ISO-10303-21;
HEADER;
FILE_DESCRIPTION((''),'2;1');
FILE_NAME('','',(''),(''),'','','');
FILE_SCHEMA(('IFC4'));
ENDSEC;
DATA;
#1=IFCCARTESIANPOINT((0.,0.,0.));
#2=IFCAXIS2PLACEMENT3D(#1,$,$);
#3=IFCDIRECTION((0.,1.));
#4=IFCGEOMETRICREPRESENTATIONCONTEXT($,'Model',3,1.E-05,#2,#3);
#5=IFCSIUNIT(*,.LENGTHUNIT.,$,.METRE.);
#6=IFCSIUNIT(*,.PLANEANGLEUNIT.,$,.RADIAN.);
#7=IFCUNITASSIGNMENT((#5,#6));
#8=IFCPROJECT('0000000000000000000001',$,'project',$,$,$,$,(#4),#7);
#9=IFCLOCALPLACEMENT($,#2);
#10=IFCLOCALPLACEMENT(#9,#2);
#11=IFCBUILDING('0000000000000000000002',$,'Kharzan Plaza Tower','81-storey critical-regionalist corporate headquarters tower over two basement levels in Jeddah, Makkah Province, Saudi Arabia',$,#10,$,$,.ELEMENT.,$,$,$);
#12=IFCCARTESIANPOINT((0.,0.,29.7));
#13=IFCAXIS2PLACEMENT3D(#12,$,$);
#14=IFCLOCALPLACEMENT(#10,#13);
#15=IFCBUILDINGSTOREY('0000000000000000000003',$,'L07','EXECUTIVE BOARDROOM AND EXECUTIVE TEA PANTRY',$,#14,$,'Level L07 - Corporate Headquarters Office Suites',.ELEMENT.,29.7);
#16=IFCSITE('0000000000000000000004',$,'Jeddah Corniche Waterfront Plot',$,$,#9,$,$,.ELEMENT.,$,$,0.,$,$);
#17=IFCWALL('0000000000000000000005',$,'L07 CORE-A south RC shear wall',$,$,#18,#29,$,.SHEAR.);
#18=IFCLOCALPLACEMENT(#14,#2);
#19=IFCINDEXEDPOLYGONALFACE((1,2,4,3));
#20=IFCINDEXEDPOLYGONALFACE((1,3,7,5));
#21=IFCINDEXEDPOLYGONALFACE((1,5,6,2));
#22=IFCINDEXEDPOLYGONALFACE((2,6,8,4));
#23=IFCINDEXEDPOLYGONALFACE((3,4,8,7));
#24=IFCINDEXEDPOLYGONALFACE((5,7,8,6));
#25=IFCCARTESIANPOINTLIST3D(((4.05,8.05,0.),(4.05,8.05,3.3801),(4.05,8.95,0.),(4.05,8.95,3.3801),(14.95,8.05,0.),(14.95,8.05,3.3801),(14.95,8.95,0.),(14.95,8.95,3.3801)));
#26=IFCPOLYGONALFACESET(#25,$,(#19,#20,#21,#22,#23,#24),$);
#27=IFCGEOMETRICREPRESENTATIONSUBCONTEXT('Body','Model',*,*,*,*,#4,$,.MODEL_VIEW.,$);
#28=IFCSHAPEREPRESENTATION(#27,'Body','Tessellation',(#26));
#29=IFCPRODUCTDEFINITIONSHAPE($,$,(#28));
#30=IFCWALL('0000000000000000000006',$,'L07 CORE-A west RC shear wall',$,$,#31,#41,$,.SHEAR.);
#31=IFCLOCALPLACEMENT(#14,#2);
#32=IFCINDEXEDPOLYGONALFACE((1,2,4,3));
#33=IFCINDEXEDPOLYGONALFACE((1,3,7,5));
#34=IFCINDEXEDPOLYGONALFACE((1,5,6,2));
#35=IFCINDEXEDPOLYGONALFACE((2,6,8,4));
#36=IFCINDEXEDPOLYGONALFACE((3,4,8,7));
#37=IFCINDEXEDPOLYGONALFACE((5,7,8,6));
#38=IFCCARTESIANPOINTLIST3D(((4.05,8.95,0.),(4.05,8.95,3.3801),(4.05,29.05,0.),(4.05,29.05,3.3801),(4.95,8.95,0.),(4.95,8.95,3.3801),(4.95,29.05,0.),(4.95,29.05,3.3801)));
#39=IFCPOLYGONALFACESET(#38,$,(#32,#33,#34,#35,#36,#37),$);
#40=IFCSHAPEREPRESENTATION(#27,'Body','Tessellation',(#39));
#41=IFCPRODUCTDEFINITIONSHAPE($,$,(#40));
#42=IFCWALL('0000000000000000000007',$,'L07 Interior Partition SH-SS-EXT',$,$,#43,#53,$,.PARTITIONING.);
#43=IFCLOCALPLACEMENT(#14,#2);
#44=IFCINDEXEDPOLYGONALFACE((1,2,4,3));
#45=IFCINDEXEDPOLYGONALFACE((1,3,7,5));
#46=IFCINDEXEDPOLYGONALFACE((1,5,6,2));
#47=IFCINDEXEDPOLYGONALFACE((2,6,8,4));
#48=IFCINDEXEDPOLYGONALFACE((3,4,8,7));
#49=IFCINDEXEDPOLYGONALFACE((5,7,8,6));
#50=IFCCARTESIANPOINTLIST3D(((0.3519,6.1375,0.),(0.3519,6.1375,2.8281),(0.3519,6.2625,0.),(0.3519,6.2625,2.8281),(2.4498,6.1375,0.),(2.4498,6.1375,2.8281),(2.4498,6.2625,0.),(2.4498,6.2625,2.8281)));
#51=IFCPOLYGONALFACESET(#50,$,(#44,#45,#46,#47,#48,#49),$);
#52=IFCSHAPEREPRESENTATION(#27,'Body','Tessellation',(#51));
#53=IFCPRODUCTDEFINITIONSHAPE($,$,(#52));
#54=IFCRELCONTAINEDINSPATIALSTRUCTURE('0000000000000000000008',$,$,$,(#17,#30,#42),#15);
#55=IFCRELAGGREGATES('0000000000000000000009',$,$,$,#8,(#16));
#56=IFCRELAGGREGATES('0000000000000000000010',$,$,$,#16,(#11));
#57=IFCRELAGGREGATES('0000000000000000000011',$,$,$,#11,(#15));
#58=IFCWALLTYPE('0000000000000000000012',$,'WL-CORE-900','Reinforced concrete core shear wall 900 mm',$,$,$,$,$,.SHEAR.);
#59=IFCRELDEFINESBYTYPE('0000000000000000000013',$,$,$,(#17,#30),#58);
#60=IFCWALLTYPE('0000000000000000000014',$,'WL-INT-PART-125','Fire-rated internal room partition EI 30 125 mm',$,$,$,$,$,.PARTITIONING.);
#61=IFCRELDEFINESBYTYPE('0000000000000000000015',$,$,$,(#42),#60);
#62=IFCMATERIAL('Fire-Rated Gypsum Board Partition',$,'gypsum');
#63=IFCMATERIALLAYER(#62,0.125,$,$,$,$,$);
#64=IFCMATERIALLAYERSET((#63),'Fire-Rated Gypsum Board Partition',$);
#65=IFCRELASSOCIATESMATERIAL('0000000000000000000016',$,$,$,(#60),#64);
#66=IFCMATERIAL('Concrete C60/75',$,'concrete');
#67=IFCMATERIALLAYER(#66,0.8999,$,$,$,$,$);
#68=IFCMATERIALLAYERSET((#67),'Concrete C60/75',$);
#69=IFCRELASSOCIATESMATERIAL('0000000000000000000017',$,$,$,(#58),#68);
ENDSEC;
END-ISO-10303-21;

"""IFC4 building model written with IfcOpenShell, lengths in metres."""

from ifc_helpers import new_model, si_unit, direction, frame, frame_2d, origin, place, context, subcontext, project, spatial, rectangle, extrude, source, transform, mapped, material, layer, layer_set, type_object, element, save


model = new_model("IFC4")

# Units and contexts
model_context = context("Model", 3, precision=1e-05, world=origin(), true_north=direction((0.0, 1.0)))
body_context = subcontext(model_context, "Body", "Model", "MODEL_VIEW")
ifc_project = project(units=[si_unit("LENGTHUNIT", "METRE"), si_unit("PLANEANGLEUNIT", "RADIAN")], contexts=[model_context])

# Site, building, storey
site_placement = place(None, origin())
site = spatial("IfcSite", under=ifc_project, at=site_placement, Name="Jeddah Corniche Waterfront Plot", CompositionType="ELEMENT", RefElevation=0.0)
building_placement = place(site_placement, origin())
building = spatial("IfcBuilding", under=site, at=building_placement, Name="Kharzan Plaza Tower", Description="81-storey critical-regionalist corporate headquarters tower over two basement levels in Jeddah, Makkah Province, Saudi Arabia", CompositionType="ELEMENT")
storey_placement = place(building_placement, frame((0.0, 0.0, 29.7)))
storey = spatial("IfcBuildingStorey", under=building, at=storey_placement, Name="L07", Description="EXECUTIVE BOARDROOM AND EXECUTIVE TEA PANTRY", LongName="Level L07 - Corporate Headquarters Office Suites", CompositionType="ELEMENT", Elevation=29.7)

# Shared definitions
ifc_material_1 = material(Name="Concrete C60/75", Category="concrete")

# Shared definitions
ifc_material_2 = material(Name="Fire-Rated Gypsum Board Partition", Category="gypsum")
ifc_layer_1 = layer(ifc_material_2, 0.125)
ifc_layer_set_1 = layer_set([ifc_layer_1], Name="Fire-Rated Gypsum Board Partition")
wall_type_1 = type_object("IfcWallType", Name="WL-INT-PART-125", Description="Fire-rated internal room partition EI 30 125 mm", PredefinedType="PARTITIONING", material=ifc_layer_set_1)

# Walls
ifc_layer_2 = layer(ifc_material_1, 0.8999)
ifc_layer_set_2 = layer_set([ifc_layer_2], Name="Concrete C60/75")
wall_type_2 = type_object("IfcWallType", Name="WL-CORE-900", Description="Reinforced concrete core shear wall 900 mm", PredefinedType="SHEAR", material=ifc_layer_set_2)
shared_shape_1 = source(origin(), body_context, "Body", "SweptSolid", [
    extrude(rectangle(XDim=10.8999, YDim=0.8999, at=frame_2d((5.45, 0.0))), origin(), (0.0, 0.0, 1.0), 3.3801),
])
wall_1_placement = place(storey_placement, frame((4.05, 8.5, 0.0), z_axis=(0.0, 0.0, 1.0), x_axis=(1.0, 0.0, 0.0)))
element("IfcWall", 1, at=wall_1_placement, inside=storey, type_object=wall_type_2, Name="L07 CORE-A south RC shear wall", PredefinedType="SHEAR", context=body_context, shape_type="MappedRepresentation", body=[
    mapped(shared_shape_1, transform((0.0, 0.0, 0.0), x_axis=(1.0, 0.0, 0.0), y_axis=(0.0, 1.0, 0.0), z_axis=(0.0, 0.0, 1.0))),
])
shared_shape_2 = source(origin(), body_context, "Body", "SweptSolid", [
    extrude(rectangle(XDim=20.1001, YDim=0.8999, at=frame_2d((10.05, 0.0))), origin(), (0.0, 0.0, 1.0), 3.3801),
])
wall_2_placement = place(storey_placement, frame((4.5, 8.95, 0.0), z_axis=(0.0, 0.0, 1.0), x_axis=(0.0, 1.0, 0.0)))
element("IfcWall", 2, at=wall_2_placement, inside=storey, type_object=wall_type_2, Name="L07 CORE-A west RC shear wall", PredefinedType="SHEAR", context=body_context, shape_type="MappedRepresentation", body=[
    mapped(shared_shape_2, transform((0.0, 0.0, 0.0), x_axis=(1.0, 0.0, 0.0), y_axis=(0.0, 1.0, 0.0), z_axis=(0.0, 0.0, 1.0))),
])
shared_shape_3 = source(origin(), body_context, "Body", "SweptSolid", [
    extrude(rectangle(XDim=2.0979, YDim=0.125, at=frame_2d((1.0488, 0.0))), origin(), (0.0, 0.0, 1.0), 2.8281),
])
wall_3_placement = place(storey_placement, frame((0.3521, 6.2, 0.0), z_axis=(0.0, 0.0, 1.0), x_axis=(1.0, 0.0, 0.0)))
element("IfcWall", 3, at=wall_3_placement, inside=storey, type_object=wall_type_1, Name="L07 Interior Partition SH-SS-EXT", PredefinedType="PARTITIONING", context=body_context, shape_type="MappedRepresentation", body=[
    mapped(shared_shape_3, transform((0.0, 0.0, 0.0), x_axis=(1.0, 0.0, 0.0), y_axis=(0.0, 1.0, 0.0), z_axis=(0.0, 0.0, 1.0))),
])

save(model, "model.ifc")
